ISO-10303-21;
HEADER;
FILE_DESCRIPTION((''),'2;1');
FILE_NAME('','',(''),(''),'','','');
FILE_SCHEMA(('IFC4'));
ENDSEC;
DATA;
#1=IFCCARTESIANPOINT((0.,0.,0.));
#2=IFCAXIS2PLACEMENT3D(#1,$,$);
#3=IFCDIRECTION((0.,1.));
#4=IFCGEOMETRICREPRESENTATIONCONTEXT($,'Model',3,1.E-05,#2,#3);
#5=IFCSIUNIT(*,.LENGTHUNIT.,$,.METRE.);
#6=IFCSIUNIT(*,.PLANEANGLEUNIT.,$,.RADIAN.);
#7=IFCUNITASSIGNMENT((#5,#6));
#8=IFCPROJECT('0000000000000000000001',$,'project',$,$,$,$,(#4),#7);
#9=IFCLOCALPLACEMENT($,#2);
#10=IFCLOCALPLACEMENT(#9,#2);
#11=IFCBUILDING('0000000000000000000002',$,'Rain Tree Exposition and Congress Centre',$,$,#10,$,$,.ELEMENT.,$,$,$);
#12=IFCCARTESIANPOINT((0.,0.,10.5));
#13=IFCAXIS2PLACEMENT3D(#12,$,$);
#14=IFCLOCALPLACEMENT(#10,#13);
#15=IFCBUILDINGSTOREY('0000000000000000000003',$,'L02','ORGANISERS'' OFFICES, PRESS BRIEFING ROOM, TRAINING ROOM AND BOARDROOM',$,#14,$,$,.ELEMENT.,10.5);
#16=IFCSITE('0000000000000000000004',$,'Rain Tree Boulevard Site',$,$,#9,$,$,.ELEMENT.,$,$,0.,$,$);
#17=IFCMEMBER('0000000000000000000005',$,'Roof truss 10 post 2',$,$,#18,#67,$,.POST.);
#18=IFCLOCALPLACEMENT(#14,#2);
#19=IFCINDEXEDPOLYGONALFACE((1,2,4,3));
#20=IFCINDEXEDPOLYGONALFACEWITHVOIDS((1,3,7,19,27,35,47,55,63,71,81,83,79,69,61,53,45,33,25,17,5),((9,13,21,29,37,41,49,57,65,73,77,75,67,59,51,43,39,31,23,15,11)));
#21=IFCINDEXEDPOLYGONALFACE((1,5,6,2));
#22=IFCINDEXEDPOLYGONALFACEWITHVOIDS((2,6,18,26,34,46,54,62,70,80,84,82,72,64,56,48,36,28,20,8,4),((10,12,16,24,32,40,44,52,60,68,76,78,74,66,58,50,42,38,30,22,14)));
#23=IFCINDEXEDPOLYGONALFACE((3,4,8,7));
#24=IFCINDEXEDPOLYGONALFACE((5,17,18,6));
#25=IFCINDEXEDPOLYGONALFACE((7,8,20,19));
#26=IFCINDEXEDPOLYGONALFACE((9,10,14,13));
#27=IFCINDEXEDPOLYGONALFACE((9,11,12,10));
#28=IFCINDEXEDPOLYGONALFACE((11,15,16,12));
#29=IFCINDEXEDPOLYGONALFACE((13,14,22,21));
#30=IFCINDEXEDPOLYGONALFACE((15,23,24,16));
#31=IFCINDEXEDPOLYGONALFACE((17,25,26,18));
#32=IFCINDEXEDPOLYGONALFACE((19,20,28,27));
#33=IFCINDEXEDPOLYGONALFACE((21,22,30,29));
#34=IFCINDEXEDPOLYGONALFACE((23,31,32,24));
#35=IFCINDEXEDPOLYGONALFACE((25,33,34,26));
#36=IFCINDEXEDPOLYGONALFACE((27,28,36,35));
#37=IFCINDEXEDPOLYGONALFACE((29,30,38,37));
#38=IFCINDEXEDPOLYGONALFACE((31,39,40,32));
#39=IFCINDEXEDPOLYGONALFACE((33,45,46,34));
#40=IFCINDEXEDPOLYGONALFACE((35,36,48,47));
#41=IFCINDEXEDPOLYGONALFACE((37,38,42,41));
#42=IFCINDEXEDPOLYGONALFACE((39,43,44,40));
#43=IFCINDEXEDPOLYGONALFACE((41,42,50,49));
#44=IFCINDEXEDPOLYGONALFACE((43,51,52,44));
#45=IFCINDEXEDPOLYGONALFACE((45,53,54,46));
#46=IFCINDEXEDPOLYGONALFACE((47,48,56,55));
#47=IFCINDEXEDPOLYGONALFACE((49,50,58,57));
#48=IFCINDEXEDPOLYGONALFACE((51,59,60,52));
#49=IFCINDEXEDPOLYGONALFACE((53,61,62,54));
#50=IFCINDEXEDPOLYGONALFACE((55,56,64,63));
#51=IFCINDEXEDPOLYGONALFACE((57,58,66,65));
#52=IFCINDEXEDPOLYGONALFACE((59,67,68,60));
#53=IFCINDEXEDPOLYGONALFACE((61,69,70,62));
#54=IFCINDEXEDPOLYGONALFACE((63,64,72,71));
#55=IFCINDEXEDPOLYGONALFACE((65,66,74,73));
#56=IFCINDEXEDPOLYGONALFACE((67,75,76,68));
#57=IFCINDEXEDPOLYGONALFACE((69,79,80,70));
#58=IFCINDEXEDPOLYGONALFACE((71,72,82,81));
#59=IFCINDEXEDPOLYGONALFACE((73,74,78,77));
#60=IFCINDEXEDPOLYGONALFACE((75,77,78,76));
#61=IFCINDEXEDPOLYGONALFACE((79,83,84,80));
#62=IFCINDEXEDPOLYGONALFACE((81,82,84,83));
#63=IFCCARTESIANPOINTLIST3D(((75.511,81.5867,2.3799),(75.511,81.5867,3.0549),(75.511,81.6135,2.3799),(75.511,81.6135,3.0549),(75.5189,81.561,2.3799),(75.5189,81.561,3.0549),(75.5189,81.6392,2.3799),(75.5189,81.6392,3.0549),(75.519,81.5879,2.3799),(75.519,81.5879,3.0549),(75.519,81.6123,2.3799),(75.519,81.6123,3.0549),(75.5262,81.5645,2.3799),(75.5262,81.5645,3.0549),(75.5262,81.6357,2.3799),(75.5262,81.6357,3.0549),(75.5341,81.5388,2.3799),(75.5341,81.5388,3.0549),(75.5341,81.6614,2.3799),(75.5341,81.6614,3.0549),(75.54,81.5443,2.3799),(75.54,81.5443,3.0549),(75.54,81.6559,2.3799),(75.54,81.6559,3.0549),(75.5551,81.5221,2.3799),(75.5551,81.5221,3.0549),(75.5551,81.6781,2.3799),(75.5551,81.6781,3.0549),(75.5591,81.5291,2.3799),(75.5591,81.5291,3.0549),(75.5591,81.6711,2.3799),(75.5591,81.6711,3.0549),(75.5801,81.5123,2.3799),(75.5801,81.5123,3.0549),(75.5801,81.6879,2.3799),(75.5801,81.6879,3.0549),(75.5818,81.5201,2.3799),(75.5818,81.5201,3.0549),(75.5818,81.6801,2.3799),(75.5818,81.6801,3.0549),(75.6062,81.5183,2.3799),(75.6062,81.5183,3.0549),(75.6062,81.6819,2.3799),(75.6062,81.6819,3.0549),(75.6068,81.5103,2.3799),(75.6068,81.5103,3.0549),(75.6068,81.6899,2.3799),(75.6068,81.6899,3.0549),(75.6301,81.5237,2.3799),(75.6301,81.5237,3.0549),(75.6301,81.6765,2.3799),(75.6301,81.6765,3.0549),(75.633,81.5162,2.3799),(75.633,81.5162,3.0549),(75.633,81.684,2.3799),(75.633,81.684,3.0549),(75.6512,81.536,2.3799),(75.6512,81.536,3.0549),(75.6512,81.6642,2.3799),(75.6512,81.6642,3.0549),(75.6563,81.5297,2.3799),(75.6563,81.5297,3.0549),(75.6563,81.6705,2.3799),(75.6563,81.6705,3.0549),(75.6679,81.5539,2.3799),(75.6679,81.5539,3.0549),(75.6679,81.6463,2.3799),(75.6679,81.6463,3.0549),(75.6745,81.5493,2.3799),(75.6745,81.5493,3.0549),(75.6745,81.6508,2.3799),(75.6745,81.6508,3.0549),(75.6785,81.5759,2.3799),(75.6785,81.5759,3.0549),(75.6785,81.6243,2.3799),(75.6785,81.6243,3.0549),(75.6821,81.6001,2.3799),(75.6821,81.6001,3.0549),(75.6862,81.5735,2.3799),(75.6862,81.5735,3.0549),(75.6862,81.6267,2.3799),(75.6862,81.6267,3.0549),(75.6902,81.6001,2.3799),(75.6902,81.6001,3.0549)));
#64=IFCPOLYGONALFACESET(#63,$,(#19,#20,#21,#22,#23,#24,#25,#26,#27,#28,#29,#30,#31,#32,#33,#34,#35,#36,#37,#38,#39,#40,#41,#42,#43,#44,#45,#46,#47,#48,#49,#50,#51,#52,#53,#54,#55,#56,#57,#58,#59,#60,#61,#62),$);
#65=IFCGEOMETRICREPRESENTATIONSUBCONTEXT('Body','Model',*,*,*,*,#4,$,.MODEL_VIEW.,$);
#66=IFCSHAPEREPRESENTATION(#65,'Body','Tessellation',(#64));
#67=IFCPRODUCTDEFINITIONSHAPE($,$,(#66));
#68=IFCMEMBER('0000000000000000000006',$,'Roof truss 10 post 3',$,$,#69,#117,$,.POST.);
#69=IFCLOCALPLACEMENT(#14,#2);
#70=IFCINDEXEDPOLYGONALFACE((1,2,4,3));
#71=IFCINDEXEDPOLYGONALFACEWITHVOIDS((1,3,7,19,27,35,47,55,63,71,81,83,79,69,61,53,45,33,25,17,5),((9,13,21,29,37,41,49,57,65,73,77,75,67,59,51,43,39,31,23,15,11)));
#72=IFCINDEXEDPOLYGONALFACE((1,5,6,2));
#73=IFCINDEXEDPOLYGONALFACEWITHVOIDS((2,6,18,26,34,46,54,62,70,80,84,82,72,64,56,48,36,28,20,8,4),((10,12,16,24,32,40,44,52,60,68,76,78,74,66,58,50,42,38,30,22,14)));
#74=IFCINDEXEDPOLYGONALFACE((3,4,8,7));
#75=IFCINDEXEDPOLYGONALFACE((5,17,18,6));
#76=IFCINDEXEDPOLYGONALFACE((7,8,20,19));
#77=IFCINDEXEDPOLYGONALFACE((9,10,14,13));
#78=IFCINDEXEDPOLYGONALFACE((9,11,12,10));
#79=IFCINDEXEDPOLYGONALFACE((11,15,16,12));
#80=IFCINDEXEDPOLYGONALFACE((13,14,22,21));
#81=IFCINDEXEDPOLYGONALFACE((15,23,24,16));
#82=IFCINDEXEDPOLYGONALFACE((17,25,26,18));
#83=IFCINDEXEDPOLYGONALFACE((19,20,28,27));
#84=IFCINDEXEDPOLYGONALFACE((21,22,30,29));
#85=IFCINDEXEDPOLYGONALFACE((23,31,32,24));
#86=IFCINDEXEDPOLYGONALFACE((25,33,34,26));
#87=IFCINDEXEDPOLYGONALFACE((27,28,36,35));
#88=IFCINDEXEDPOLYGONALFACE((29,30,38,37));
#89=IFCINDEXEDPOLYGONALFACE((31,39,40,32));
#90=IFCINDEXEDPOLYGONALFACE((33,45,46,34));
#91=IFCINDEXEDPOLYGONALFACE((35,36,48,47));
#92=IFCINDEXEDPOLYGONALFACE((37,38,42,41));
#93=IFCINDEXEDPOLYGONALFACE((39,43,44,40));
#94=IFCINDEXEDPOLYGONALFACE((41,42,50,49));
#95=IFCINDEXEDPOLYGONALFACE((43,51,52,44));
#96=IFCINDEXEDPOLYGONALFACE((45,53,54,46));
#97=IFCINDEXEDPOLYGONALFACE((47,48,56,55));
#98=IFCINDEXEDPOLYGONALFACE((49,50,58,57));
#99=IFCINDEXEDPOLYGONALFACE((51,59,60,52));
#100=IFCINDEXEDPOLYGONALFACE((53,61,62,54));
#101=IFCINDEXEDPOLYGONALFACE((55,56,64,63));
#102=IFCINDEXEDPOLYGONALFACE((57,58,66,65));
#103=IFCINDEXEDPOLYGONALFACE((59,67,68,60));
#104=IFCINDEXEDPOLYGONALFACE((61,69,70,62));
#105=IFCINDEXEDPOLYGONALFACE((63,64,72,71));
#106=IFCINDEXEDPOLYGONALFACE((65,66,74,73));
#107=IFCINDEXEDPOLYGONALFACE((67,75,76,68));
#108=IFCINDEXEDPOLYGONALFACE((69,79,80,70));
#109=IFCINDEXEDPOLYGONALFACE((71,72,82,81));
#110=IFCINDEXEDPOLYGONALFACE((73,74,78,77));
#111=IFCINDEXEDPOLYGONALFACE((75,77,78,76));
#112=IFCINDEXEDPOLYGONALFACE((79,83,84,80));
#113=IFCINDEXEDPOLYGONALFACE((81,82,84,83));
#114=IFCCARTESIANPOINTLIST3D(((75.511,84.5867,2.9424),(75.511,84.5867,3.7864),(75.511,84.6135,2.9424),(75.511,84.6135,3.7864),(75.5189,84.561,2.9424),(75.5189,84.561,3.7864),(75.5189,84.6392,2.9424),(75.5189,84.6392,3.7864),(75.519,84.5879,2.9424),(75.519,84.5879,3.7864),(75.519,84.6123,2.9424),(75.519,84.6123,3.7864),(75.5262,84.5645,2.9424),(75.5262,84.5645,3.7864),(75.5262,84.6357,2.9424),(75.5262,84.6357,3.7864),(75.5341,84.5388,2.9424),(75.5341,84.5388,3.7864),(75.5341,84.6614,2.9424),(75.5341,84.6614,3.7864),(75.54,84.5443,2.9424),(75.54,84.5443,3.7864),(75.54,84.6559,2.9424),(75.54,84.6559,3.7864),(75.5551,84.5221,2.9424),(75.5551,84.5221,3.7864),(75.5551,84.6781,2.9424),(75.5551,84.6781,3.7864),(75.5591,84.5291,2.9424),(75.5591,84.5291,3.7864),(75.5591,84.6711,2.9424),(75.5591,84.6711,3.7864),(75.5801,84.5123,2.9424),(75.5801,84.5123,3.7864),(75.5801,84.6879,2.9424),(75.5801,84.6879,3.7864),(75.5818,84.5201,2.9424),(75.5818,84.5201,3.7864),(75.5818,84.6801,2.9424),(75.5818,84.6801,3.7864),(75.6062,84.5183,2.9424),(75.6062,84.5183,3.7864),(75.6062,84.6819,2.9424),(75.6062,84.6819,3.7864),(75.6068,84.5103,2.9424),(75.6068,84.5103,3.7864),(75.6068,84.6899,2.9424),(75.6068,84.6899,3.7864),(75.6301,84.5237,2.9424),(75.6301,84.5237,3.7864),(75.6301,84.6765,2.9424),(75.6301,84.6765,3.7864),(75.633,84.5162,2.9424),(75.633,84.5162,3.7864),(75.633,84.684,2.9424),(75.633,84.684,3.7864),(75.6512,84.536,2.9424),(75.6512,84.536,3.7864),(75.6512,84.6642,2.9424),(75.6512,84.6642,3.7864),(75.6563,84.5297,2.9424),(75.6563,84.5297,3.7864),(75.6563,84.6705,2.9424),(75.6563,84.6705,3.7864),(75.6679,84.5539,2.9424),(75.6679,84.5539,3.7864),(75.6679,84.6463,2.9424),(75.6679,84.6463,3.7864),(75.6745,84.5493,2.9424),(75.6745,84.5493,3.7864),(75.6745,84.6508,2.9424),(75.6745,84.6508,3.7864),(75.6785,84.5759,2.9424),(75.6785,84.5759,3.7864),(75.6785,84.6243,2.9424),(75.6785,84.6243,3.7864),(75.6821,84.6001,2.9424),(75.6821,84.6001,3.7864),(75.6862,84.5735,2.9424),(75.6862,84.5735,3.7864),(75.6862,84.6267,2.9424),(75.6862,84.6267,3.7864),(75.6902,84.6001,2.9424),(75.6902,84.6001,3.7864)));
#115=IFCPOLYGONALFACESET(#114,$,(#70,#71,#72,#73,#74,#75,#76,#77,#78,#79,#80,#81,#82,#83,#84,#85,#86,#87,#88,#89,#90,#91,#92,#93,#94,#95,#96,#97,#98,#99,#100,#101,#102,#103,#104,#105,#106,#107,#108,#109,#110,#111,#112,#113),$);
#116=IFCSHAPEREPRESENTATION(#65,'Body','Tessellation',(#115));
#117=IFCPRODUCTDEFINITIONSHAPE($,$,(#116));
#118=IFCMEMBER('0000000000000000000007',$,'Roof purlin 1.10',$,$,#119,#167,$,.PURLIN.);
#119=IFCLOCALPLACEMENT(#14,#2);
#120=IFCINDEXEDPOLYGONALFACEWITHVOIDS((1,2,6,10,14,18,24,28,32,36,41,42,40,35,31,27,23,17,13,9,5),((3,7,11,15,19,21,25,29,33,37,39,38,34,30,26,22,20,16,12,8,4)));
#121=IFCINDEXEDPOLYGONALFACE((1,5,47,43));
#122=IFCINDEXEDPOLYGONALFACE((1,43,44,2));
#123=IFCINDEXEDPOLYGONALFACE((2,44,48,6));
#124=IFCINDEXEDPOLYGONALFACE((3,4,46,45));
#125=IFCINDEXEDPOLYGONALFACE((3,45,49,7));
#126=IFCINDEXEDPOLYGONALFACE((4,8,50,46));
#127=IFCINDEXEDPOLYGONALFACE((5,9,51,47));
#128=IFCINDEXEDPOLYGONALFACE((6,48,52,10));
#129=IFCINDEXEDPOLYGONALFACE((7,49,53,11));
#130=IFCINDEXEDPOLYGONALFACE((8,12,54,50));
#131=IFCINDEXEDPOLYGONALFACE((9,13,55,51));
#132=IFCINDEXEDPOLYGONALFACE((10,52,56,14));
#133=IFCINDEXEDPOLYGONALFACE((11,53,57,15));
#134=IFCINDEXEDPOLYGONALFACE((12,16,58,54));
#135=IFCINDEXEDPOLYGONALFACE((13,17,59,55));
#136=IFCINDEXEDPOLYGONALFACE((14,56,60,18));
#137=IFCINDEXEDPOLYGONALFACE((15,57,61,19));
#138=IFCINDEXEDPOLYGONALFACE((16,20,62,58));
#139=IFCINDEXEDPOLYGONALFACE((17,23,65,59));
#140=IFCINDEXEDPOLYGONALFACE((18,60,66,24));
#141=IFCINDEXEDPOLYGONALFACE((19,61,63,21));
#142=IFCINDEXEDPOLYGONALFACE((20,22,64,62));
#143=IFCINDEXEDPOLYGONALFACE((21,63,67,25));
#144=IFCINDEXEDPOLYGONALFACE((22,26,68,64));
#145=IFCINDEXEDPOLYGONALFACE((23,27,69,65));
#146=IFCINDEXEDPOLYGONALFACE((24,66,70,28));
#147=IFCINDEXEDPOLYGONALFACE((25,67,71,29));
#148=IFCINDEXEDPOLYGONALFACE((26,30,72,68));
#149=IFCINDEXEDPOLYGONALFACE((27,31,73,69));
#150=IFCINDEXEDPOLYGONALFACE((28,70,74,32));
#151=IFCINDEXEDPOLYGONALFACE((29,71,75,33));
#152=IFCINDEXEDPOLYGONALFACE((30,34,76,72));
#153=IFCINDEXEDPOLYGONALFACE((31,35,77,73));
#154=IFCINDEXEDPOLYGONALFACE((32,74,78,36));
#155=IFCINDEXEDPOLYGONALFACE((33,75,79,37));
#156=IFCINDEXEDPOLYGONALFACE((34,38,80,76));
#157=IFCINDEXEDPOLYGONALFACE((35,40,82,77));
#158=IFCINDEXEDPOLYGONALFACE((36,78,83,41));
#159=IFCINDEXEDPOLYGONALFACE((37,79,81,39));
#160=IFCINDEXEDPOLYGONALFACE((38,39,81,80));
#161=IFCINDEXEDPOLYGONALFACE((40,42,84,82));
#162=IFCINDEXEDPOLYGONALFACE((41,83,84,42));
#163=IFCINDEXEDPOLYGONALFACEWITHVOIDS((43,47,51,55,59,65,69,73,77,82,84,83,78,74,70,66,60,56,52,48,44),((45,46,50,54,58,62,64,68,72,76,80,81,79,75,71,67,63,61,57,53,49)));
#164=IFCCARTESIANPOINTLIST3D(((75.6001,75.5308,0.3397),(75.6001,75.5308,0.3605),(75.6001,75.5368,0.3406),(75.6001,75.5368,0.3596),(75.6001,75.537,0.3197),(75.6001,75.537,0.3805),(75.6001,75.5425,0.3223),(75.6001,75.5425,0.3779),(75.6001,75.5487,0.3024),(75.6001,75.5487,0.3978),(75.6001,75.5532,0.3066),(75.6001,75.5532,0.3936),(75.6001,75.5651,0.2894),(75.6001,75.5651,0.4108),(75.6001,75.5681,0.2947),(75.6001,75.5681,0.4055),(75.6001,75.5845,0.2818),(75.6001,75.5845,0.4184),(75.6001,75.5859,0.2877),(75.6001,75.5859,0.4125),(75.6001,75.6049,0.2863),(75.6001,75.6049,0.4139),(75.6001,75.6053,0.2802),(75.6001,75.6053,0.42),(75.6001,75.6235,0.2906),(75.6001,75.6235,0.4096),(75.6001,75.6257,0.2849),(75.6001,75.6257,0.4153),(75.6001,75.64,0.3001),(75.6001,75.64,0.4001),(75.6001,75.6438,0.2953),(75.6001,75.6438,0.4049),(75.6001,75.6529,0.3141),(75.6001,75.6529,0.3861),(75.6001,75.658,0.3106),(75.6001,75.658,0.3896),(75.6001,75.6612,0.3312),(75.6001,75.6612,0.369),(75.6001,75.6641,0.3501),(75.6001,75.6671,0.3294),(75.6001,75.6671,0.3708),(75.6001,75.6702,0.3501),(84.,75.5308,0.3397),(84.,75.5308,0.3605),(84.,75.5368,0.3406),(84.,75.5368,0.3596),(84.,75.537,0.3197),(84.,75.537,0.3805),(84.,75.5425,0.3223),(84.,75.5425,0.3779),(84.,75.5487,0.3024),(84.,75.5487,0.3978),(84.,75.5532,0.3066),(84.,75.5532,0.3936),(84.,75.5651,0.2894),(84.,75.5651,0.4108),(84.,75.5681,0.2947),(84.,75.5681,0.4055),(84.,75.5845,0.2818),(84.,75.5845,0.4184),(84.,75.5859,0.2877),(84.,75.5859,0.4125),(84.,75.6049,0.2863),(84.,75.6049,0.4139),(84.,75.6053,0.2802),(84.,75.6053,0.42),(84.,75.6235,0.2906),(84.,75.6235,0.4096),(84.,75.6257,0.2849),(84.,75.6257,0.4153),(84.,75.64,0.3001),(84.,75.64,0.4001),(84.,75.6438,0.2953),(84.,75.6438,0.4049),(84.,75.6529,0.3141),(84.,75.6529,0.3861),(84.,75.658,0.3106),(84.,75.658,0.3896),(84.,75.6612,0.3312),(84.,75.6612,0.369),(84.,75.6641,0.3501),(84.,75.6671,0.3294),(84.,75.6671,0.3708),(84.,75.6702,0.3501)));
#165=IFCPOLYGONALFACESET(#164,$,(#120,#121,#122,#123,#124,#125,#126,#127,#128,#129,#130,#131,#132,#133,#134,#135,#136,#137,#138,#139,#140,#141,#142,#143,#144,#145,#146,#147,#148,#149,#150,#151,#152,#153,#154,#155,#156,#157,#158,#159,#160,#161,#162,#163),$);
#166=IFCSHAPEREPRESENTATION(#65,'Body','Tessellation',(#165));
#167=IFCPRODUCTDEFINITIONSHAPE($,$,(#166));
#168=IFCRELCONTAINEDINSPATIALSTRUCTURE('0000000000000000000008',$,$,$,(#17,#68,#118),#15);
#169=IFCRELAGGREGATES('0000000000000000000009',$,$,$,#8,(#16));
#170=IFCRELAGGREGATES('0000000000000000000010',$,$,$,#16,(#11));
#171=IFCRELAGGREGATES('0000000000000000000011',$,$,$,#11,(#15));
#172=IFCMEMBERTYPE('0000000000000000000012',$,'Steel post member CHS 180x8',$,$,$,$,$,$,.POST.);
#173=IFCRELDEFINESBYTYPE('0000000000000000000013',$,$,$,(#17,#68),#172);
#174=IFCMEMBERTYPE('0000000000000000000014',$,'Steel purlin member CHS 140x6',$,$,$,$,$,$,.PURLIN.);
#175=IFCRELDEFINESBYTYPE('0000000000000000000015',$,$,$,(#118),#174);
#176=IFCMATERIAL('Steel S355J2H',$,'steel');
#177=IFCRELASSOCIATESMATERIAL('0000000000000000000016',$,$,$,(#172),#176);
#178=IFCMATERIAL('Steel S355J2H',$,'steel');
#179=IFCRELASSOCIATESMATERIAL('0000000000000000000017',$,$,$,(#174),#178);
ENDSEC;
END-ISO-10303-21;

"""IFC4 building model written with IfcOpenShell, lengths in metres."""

from ifc_helpers import new_model, si_unit, direction, frame, origin, origin_2d, place, context, subcontext, project, spatial, hollow_circle, extrude, material, material_profile, profile_set, type_object, element, save


model = new_model("IFC4")

# Units and contexts
model_context = context("Model", 3, precision=1e-05, world=origin(), true_north=direction((0.0, 1.0)))
body_context = subcontext(model_context, "Body", "Model", "MODEL_VIEW")
ifc_project = project(units=[si_unit("LENGTHUNIT", "METRE"), si_unit("PLANEANGLEUNIT", "RADIAN")], contexts=[model_context])

# Site, building, storey
site_placement = place(None, origin())
site = spatial("IfcSite", under=ifc_project, at=site_placement, Name="Rain Tree Boulevard Site", CompositionType="ELEMENT", RefElevation=0.0)
building_placement = place(site_placement, origin())
building = spatial("IfcBuilding", under=site, at=building_placement, Name="Rain Tree Exposition and Congress Centre", CompositionType="ELEMENT")
storey_placement = place(building_placement, frame((0.0, 0.0, 10.5)))
storey = spatial("IfcBuildingStorey", under=building, at=storey_placement, Name="L02", Description="ORGANISERS' OFFICES, PRESS BRIEFING ROOM, TRAINING ROOM AND BOARDROOM", CompositionType="ELEMENT", Elevation=10.5)

# Members
ifc_material_1 = material(Name="Steel S355J2H", Category="steel")
ifc_material_profile_1 = material_profile(ifc_material_1, hollow_circle(Radius=0.0901, WallThickness=0.0081, at=origin_2d()), Name="CHS 180x8")
ifc_profile_set_1 = profile_set([ifc_material_profile_1], Name="Steel S355J2H")
member_type_1 = type_object("IfcMemberType", Name="Steel post member CHS 180x8", PredefinedType="POST", material=ifc_profile_set_1)
member_1_placement = place(storey_placement, frame((75.6001, 81.6001, 2.3799), z_axis=(0.0, 0.0, 1.0), x_axis=(1.0, 0.0, 0.0)))
element("IfcMember", 1, at=member_1_placement, inside=storey, type_object=member_type_1, Name="Roof truss 10 post 2", PredefinedType="POST", context=body_context, shape_type="SweptSolid", body=[
    extrude(hollow_circle(Radius=0.0901, WallThickness=0.0081, at=origin_2d()), origin(), (0.0, 0.0, 1.0), 0.675),
])
member_2_placement = place(storey_placement, frame((75.6001, 84.6001, 2.9424), z_axis=(0.0, 0.0, 1.0), x_axis=(1.0, 0.0, 0.0)))
element("IfcMember", 2, at=member_2_placement, inside=storey, type_object=member_type_1, Name="Roof truss 10 post 3", PredefinedType="POST", context=body_context, shape_type="SweptSolid", body=[
    extrude(hollow_circle(Radius=0.0901, WallThickness=0.0081, at=origin_2d()), origin(), (0.0, 0.0, 1.0), 0.844),
])
ifc_material_2 = material(Name="Steel S355J2H", Category="steel")
ifc_material_profile_2 = material_profile(ifc_material_2, hollow_circle(Radius=0.0701, WallThickness=0.0061, at=origin_2d()), Name="CHS 140x6")
ifc_profile_set_2 = profile_set([ifc_material_profile_2], Name="Steel S355J2H")
member_type_2 = type_object("IfcMemberType", Name="Steel purlin member CHS 140x6", PredefinedType="PURLIN", material=ifc_profile_set_2)
member_3_placement = place(storey_placement, frame((75.6001, 75.6001, 0.3501), z_axis=(1.0, 0.0, 0.0), x_axis=(0.0, 1.0, 0.0)))
element("IfcMember", 3, at=member_3_placement, inside=storey, type_object=member_type_2, Name="Roof purlin 1.10", PredefinedType="PURLIN", context=body_context, shape_type="SweptSolid", body=[
    extrude(hollow_circle(Radius=0.0701, WallThickness=0.0061, at=origin_2d()), origin(), (0.0, 0.0, 1.0), 8.3999),
])

save(model, "model.ifc")
